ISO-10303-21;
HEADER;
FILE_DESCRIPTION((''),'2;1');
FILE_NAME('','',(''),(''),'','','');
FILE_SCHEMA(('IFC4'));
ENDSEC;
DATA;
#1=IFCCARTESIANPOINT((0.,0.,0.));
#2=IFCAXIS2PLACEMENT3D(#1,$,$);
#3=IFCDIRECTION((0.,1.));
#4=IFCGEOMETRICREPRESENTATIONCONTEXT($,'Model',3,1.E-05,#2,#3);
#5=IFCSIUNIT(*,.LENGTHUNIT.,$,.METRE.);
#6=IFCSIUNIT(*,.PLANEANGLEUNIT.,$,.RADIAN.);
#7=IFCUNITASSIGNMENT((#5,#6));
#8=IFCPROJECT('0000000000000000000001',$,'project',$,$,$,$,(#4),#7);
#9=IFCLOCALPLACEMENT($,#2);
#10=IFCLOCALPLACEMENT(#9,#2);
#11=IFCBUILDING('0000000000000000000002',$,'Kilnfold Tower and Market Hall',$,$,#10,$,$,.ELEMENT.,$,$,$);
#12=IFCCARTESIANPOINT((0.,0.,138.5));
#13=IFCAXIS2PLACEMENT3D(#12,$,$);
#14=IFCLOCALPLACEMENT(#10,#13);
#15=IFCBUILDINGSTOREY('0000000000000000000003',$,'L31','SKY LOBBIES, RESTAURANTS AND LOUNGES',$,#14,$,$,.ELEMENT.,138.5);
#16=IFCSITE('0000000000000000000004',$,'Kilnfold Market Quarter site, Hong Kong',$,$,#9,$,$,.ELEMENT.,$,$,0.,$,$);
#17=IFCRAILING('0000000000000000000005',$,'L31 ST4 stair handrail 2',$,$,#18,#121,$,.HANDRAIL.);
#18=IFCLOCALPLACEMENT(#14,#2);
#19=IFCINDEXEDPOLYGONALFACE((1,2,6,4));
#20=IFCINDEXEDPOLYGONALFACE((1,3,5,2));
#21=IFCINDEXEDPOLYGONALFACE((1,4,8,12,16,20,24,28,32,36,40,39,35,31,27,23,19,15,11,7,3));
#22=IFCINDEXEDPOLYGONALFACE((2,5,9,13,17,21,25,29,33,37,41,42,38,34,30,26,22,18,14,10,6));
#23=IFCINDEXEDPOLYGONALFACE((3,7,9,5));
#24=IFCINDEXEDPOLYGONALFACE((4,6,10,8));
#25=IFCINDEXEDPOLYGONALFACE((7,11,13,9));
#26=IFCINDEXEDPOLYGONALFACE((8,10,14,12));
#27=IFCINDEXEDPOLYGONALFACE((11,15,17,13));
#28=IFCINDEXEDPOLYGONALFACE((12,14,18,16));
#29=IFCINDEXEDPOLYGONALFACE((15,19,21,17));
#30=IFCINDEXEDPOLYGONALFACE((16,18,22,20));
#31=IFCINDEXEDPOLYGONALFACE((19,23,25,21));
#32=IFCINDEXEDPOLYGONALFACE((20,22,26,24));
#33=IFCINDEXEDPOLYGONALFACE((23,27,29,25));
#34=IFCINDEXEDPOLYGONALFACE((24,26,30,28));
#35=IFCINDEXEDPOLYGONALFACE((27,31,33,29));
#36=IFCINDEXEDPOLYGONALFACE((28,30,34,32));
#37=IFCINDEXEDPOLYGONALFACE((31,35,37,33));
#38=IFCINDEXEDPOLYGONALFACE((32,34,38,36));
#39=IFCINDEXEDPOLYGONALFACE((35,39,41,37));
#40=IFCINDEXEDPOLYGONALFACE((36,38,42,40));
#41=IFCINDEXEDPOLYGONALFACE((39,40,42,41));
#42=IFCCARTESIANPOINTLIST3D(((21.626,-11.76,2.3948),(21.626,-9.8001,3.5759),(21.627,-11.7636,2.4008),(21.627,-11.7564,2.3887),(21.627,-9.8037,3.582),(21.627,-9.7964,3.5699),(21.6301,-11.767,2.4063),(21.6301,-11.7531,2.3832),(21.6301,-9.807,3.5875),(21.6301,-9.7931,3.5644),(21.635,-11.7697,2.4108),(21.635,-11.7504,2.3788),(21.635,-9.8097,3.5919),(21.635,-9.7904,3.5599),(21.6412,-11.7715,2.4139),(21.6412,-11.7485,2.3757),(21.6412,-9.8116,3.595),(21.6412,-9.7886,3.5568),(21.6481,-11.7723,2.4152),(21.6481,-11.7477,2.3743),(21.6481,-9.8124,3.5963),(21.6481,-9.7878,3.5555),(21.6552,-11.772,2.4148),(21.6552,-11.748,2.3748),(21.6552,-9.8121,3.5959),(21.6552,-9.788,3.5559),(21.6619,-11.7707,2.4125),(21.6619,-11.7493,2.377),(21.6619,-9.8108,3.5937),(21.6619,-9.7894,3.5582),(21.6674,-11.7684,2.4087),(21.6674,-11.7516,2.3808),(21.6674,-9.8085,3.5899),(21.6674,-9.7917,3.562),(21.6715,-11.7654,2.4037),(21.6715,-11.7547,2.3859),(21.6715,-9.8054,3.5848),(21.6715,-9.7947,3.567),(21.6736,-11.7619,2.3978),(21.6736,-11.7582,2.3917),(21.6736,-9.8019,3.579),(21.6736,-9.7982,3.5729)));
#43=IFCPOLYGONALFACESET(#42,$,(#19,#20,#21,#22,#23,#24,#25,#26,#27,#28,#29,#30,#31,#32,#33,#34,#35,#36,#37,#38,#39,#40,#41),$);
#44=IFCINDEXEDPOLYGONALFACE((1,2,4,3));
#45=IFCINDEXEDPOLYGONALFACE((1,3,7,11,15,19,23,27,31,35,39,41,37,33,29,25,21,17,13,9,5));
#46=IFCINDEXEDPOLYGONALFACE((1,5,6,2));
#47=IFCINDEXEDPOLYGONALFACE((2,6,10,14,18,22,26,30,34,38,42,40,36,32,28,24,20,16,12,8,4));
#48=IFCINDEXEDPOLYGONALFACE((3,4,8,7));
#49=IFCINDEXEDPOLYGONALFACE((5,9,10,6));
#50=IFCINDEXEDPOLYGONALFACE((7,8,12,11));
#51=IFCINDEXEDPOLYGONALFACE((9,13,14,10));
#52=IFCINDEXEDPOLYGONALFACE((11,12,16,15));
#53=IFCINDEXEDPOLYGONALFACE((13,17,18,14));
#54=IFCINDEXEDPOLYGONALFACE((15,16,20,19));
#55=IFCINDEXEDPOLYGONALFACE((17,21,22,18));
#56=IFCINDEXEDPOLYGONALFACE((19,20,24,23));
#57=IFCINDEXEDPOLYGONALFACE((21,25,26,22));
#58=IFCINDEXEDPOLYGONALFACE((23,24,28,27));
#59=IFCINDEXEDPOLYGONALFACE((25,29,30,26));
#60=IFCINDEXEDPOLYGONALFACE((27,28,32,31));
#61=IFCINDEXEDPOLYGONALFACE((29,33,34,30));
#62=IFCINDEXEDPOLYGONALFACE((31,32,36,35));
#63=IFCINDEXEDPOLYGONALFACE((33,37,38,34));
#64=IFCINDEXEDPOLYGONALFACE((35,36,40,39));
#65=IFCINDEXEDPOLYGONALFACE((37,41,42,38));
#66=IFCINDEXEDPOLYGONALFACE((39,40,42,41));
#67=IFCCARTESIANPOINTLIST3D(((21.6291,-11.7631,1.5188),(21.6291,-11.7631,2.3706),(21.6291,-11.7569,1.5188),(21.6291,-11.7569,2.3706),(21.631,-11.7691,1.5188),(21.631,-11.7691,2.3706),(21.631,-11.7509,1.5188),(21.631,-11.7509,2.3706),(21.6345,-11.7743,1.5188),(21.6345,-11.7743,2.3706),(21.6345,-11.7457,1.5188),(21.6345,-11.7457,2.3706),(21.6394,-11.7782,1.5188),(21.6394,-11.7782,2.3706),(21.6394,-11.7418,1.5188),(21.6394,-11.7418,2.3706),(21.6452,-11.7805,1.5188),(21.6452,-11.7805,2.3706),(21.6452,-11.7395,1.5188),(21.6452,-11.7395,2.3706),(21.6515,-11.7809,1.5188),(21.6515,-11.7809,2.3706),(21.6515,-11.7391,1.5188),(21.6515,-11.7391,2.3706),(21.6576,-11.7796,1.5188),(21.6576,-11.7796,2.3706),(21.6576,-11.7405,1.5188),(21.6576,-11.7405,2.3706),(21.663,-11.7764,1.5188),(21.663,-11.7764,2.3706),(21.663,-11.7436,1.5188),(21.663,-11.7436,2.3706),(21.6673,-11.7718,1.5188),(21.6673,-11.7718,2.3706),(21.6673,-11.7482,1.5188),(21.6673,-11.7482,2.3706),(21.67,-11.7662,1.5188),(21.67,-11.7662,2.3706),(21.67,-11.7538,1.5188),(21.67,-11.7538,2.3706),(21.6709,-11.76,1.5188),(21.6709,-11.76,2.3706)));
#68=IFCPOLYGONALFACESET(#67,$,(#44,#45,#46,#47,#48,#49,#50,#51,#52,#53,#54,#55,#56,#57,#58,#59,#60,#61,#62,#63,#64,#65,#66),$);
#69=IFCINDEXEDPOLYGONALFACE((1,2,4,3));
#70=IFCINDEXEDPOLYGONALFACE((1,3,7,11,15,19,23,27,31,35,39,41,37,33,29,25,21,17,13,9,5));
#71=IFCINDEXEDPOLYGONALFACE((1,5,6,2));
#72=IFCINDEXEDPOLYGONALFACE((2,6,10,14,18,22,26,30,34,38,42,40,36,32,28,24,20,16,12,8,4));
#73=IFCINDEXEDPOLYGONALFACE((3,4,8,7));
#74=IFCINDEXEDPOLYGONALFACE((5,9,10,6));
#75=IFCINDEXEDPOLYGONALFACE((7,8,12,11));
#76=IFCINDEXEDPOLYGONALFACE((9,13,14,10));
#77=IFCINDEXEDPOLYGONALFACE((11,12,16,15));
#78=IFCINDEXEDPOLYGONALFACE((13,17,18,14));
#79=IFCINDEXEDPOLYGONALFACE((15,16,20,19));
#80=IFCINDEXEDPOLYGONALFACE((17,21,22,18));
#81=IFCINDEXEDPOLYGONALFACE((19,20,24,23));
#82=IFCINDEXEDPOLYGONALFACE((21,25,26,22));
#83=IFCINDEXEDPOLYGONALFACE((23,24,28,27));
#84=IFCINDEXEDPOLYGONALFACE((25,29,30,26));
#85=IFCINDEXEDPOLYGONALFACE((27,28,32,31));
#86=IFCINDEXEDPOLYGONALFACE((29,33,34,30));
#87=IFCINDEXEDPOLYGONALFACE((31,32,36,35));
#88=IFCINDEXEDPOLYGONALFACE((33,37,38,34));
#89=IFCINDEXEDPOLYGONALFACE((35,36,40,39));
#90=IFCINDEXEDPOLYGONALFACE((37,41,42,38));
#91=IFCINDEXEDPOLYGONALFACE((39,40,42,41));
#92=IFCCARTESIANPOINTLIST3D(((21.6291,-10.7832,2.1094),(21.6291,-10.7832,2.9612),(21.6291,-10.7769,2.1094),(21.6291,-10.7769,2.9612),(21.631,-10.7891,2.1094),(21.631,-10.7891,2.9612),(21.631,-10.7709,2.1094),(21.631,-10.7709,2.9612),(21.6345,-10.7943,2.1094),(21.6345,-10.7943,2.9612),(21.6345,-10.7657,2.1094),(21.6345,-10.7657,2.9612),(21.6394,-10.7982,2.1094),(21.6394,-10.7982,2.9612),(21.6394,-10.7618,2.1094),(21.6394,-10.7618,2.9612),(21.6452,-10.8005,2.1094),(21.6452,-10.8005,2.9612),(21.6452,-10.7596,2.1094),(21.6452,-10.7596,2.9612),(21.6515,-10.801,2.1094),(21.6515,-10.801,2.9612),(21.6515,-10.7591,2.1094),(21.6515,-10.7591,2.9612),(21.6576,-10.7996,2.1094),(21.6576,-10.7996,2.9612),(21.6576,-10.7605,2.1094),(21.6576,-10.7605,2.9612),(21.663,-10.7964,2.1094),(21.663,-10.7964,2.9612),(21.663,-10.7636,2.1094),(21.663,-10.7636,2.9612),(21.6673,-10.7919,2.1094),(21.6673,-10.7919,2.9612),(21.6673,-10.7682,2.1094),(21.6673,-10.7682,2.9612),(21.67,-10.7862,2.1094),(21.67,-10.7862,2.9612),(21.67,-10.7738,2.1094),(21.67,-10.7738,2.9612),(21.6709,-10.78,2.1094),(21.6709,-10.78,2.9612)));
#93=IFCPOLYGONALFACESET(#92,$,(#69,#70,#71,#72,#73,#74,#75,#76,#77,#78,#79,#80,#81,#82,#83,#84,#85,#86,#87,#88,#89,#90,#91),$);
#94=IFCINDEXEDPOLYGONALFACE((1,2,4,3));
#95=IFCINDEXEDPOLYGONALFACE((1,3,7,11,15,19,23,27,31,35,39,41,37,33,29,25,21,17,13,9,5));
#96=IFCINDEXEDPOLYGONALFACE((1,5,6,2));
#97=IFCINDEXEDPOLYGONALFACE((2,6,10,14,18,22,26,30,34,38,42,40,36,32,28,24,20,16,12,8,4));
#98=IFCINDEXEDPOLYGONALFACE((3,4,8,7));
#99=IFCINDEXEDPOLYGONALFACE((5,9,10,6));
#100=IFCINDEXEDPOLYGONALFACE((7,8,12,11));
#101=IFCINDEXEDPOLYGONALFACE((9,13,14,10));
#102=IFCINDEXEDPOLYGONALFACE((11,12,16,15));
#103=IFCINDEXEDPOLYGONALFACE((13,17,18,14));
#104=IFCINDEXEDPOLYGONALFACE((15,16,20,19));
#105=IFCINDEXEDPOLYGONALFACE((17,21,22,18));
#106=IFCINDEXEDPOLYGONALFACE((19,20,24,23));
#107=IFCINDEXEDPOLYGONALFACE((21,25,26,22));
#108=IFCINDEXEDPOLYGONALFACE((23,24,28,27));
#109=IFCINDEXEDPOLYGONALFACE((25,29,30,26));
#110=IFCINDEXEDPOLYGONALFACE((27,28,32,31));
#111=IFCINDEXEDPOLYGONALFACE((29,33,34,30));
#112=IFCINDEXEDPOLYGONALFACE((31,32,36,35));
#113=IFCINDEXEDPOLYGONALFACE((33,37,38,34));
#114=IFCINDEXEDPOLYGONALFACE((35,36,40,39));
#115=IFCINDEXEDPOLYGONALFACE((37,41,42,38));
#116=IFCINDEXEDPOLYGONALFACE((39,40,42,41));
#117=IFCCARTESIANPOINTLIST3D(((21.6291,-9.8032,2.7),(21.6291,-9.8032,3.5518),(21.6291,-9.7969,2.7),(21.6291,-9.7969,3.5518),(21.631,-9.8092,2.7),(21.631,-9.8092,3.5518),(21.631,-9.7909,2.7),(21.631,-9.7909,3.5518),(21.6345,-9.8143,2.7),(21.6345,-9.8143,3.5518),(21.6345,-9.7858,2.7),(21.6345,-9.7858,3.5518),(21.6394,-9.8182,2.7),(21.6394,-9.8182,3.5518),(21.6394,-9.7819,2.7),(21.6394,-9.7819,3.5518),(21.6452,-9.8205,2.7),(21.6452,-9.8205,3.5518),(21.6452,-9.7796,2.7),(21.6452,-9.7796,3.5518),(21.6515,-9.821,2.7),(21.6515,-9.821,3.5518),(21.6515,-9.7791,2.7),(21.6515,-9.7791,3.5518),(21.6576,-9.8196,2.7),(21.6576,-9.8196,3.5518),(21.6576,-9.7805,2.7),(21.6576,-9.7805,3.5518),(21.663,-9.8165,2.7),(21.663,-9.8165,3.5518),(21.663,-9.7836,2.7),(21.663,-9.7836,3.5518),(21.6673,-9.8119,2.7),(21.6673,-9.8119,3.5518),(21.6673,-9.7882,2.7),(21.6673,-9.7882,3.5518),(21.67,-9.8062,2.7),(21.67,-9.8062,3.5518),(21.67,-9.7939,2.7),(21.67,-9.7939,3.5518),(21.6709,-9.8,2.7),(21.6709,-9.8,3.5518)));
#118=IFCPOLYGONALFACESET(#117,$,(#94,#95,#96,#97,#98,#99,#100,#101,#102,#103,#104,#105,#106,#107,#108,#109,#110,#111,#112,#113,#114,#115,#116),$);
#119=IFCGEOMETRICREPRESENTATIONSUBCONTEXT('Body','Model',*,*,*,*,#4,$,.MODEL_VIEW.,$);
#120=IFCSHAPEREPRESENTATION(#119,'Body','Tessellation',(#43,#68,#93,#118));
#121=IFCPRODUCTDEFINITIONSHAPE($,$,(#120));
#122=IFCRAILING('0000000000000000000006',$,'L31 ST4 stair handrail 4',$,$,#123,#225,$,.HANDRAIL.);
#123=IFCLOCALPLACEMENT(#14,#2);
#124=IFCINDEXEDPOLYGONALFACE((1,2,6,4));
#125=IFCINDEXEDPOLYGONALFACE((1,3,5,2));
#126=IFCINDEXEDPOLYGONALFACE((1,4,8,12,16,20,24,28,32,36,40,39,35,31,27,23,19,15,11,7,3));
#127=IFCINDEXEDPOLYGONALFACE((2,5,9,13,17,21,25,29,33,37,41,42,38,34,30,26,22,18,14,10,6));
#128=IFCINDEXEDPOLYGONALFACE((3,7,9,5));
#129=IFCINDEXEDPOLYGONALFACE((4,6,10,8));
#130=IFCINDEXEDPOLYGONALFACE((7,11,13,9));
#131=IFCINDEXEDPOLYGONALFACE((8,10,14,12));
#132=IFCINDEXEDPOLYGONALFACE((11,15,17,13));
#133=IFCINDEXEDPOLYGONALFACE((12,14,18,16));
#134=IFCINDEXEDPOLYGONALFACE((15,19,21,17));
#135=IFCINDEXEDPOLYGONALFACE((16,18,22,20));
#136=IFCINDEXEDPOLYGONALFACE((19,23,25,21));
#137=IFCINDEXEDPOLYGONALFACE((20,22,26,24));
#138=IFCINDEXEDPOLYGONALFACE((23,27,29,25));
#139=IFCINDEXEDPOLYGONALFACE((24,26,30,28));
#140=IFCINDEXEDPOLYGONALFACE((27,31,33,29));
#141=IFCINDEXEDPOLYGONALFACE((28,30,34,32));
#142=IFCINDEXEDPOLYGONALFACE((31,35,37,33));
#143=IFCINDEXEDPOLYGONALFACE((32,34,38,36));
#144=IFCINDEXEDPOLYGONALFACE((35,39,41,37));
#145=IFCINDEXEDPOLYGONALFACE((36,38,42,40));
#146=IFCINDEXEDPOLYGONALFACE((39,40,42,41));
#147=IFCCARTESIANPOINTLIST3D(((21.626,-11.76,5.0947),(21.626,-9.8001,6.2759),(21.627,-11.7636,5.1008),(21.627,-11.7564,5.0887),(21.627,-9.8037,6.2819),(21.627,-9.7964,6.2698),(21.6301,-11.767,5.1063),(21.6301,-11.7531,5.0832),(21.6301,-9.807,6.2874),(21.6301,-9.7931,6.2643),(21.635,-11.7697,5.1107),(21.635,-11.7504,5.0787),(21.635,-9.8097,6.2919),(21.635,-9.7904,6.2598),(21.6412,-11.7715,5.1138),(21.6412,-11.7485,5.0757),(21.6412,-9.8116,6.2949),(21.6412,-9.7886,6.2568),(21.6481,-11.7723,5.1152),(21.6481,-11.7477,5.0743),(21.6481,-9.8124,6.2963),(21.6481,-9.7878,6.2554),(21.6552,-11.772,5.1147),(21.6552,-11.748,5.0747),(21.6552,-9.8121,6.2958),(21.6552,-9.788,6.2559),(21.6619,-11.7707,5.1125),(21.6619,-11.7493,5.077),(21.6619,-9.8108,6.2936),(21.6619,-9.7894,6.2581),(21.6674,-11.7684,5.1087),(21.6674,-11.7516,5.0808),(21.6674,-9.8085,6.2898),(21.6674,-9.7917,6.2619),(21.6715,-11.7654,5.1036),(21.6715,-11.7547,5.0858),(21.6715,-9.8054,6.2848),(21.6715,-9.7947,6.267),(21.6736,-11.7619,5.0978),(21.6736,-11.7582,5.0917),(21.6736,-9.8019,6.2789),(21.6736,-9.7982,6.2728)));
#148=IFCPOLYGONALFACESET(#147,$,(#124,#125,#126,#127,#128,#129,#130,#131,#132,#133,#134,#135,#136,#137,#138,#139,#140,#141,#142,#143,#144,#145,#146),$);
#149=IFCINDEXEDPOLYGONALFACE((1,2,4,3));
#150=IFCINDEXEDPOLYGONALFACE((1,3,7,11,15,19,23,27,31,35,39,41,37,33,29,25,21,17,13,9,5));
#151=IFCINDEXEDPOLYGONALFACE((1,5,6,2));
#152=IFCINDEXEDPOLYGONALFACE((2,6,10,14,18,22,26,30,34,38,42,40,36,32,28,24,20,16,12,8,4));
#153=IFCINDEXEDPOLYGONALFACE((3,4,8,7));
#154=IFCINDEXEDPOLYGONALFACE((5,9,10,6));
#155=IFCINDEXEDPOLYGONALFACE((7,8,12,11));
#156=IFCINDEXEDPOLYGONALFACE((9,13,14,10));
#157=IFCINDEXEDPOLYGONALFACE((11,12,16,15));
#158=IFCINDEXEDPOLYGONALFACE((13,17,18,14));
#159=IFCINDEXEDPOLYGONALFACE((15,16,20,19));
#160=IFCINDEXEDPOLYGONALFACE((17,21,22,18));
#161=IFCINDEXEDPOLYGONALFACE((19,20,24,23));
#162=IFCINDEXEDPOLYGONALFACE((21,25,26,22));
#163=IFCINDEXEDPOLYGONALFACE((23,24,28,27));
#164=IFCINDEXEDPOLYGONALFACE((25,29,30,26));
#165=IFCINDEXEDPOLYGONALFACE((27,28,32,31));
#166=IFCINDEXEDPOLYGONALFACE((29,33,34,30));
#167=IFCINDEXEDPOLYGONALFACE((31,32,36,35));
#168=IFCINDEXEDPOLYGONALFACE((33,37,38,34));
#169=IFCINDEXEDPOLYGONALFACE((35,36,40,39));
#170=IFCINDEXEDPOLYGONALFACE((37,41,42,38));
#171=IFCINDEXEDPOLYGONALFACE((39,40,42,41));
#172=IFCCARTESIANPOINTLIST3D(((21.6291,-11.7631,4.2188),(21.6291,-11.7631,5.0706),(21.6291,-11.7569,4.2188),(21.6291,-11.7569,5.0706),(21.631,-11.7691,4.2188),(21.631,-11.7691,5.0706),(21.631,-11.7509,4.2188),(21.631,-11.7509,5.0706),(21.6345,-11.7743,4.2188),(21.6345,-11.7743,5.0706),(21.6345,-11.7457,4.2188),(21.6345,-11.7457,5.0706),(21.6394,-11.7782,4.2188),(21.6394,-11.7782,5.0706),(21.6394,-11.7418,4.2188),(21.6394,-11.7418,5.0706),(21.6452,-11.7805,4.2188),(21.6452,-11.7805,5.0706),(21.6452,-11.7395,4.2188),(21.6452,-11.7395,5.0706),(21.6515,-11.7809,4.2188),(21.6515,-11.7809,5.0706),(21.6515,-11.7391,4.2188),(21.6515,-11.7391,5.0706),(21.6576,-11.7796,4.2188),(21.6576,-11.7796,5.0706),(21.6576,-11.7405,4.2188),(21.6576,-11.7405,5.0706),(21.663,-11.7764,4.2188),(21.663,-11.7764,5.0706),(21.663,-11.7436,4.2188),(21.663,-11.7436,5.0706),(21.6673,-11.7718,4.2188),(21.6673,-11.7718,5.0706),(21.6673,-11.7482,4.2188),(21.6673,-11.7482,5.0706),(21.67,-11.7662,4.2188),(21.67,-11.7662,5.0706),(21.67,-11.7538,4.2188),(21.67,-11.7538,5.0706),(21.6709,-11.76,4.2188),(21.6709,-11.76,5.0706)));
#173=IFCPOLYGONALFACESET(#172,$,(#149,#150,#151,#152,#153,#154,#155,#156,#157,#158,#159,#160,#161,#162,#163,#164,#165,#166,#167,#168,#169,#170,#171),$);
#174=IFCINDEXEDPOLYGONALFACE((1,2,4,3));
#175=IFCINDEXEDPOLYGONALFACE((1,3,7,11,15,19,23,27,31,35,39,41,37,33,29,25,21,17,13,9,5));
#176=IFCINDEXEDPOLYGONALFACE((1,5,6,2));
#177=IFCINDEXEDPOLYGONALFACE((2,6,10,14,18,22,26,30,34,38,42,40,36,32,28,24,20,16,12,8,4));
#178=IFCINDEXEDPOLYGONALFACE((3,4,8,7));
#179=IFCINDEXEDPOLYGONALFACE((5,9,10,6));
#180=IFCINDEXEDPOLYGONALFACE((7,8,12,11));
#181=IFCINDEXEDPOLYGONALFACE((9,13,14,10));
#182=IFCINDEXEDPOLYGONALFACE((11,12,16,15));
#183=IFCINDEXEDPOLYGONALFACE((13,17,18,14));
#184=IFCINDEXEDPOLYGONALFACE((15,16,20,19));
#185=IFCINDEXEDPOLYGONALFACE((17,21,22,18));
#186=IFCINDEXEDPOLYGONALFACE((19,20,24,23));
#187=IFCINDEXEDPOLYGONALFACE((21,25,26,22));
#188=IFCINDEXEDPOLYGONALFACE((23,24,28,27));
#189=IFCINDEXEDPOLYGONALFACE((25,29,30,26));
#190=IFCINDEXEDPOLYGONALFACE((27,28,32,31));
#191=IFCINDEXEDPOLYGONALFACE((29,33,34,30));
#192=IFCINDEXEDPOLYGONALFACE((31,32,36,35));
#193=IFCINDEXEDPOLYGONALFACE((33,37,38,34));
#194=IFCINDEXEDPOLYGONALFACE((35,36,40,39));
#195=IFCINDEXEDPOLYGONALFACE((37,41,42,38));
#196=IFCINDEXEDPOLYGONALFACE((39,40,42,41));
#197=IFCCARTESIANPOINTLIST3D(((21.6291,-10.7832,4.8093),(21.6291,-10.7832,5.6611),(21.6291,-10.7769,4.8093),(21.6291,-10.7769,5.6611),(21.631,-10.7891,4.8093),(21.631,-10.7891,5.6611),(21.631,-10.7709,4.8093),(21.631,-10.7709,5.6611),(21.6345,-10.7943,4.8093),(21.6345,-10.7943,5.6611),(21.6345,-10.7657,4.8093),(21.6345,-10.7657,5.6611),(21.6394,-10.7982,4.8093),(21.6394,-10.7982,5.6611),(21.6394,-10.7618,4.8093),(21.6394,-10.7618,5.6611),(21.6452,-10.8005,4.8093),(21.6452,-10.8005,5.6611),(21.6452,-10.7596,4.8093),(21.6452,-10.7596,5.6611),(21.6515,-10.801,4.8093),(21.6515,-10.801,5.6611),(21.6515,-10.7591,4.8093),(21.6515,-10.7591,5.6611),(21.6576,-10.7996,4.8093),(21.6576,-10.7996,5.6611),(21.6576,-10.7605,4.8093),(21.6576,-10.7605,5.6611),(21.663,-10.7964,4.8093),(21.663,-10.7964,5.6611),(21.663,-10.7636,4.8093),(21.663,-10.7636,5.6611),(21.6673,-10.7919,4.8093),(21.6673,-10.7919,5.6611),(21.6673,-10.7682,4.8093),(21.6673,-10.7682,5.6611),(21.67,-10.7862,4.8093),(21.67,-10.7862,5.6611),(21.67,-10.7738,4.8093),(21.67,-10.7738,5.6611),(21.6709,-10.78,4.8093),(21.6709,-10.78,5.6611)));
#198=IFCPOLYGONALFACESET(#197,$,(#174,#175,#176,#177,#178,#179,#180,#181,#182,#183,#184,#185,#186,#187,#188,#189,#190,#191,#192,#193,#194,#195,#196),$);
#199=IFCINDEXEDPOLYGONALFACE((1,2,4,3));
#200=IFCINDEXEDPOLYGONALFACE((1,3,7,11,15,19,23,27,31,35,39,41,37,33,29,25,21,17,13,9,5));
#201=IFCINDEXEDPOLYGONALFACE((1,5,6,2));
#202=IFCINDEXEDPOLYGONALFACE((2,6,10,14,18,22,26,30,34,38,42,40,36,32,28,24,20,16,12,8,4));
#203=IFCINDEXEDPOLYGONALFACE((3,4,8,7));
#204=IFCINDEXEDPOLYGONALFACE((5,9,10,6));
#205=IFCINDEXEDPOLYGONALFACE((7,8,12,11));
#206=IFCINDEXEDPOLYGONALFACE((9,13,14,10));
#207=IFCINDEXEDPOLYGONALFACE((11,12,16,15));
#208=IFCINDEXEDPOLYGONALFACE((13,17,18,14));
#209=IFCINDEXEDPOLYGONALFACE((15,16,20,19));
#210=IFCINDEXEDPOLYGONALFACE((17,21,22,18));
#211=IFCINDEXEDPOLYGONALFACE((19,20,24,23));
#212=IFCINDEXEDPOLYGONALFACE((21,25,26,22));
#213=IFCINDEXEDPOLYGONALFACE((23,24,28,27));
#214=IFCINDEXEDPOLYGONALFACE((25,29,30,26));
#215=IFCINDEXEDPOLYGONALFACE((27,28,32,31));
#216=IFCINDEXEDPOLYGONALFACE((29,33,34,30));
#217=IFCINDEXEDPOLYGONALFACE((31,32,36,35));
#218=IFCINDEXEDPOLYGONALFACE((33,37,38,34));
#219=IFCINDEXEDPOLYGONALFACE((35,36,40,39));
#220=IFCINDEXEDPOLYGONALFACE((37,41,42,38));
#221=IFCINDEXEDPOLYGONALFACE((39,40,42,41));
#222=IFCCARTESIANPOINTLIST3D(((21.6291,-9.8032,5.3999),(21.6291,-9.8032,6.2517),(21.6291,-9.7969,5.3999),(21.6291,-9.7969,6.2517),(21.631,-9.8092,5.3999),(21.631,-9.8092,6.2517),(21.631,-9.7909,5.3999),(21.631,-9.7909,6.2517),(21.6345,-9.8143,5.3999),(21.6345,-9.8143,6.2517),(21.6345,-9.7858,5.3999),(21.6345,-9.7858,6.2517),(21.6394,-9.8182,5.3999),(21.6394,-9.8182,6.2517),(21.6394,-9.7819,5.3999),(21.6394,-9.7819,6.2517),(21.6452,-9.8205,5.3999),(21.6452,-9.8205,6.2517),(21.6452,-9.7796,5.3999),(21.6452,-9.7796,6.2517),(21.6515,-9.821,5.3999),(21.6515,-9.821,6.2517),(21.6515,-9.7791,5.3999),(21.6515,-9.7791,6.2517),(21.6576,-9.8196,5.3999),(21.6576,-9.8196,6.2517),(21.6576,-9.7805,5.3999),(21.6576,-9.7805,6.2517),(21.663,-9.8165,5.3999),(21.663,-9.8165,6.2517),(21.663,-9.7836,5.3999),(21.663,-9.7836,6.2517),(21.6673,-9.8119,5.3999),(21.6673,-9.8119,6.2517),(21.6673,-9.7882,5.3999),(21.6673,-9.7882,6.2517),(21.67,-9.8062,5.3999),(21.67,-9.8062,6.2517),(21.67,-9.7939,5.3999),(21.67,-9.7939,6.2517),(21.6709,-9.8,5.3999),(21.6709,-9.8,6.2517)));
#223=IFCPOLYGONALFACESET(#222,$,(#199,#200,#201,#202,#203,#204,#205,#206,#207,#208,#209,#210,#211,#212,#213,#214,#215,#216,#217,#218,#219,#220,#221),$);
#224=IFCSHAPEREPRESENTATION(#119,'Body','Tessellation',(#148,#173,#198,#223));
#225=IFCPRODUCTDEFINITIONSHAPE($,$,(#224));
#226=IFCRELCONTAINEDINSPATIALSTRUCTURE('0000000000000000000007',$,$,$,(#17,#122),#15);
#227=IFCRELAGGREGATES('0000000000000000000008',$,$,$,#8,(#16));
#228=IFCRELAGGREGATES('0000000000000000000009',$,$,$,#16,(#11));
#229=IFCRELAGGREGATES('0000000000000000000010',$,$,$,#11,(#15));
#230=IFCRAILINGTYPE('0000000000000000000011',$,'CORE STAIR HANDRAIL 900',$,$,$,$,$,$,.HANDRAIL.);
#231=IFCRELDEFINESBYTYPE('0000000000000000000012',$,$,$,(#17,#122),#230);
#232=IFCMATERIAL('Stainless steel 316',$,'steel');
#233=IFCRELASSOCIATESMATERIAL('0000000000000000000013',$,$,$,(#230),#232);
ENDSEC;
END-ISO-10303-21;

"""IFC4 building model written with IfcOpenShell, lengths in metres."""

from ifc_helpers import new_model, si_unit, direction, frame, origin, origin_2d, place, context, subcontext, project, spatial, circle, extrude, material, type_object, element, save


model = new_model("IFC4")

# Units and contexts
model_context = context("Model", 3, precision=1e-05, world=origin(), true_north=direction((0.0, 1.0)))
body_context = subcontext(model_context, "Body", "Model", "MODEL_VIEW")
ifc_project = project(units=[si_unit("LENGTHUNIT", "METRE"), si_unit("PLANEANGLEUNIT", "RADIAN")], contexts=[model_context])

# Site, building, storey
site_placement = place(None, origin())
site = spatial("IfcSite", under=ifc_project, at=site_placement, Name="Kilnfold Market Quarter site, Hong Kong", CompositionType="ELEMENT", RefElevation=0.0)
building_placement = place(site_placement, origin())
building = spatial("IfcBuilding", under=site, at=building_placement, Name="Kilnfold Tower and Market Hall", CompositionType="ELEMENT")
storey_placement = place(building_placement, frame((0.0, 0.0, 138.5)))
storey = spatial("IfcBuildingStorey", under=building, at=storey_placement, Name="L31", Description="SKY LOBBIES, RESTAURANTS AND LOUNGES", CompositionType="ELEMENT", Elevation=138.5)

# Railings
ifc_material_1 = material(Name="Stainless steel 316", Category="steel")
railing_type = type_object("IfcRailingType", Name="CORE STAIR HANDRAIL 900", PredefinedType="HANDRAIL", material=ifc_material_1)
for number, where, name in (
    (1, (21.6499, -11.76, 1.5188), "L31 ST4 stair handrail 2"),
    (2, (21.6499, -11.76, 4.2188), "L31 ST4 stair handrail 4"),
):
    element("IfcRailing", number, at=place(storey_placement, frame(where)), inside=storey, type_object=railing_type, Name=name, PredefinedType="HANDRAIL", context=body_context, shape_type="SweptSolid", body=[
        extrude(circle(Radius=0.0239, at=origin_2d()), frame((0.0, 0.0, 0.876), z_axis=(0.0, 0.856493, 0.516158), x_axis=(-1.0, 0.0, 0.0)), (0.0, 0.0, 1.0), 2.2883),
        extrude(circle(Radius=0.021, at=origin_2d()), origin(), (0.0, 0.0, 1.0), 0.8518),
        extrude(circle(Radius=0.021, at=origin_2d()), frame((0.0, 0.98, 0.5906)), (0.0, 0.0, 1.0), 0.8518),
        extrude(circle(Radius=0.021, at=origin_2d()), frame((0.0, 1.96, 1.1812)), (0.0, 0.0, 1.0), 0.8518),
    ])

save(model, "model.ifc")
